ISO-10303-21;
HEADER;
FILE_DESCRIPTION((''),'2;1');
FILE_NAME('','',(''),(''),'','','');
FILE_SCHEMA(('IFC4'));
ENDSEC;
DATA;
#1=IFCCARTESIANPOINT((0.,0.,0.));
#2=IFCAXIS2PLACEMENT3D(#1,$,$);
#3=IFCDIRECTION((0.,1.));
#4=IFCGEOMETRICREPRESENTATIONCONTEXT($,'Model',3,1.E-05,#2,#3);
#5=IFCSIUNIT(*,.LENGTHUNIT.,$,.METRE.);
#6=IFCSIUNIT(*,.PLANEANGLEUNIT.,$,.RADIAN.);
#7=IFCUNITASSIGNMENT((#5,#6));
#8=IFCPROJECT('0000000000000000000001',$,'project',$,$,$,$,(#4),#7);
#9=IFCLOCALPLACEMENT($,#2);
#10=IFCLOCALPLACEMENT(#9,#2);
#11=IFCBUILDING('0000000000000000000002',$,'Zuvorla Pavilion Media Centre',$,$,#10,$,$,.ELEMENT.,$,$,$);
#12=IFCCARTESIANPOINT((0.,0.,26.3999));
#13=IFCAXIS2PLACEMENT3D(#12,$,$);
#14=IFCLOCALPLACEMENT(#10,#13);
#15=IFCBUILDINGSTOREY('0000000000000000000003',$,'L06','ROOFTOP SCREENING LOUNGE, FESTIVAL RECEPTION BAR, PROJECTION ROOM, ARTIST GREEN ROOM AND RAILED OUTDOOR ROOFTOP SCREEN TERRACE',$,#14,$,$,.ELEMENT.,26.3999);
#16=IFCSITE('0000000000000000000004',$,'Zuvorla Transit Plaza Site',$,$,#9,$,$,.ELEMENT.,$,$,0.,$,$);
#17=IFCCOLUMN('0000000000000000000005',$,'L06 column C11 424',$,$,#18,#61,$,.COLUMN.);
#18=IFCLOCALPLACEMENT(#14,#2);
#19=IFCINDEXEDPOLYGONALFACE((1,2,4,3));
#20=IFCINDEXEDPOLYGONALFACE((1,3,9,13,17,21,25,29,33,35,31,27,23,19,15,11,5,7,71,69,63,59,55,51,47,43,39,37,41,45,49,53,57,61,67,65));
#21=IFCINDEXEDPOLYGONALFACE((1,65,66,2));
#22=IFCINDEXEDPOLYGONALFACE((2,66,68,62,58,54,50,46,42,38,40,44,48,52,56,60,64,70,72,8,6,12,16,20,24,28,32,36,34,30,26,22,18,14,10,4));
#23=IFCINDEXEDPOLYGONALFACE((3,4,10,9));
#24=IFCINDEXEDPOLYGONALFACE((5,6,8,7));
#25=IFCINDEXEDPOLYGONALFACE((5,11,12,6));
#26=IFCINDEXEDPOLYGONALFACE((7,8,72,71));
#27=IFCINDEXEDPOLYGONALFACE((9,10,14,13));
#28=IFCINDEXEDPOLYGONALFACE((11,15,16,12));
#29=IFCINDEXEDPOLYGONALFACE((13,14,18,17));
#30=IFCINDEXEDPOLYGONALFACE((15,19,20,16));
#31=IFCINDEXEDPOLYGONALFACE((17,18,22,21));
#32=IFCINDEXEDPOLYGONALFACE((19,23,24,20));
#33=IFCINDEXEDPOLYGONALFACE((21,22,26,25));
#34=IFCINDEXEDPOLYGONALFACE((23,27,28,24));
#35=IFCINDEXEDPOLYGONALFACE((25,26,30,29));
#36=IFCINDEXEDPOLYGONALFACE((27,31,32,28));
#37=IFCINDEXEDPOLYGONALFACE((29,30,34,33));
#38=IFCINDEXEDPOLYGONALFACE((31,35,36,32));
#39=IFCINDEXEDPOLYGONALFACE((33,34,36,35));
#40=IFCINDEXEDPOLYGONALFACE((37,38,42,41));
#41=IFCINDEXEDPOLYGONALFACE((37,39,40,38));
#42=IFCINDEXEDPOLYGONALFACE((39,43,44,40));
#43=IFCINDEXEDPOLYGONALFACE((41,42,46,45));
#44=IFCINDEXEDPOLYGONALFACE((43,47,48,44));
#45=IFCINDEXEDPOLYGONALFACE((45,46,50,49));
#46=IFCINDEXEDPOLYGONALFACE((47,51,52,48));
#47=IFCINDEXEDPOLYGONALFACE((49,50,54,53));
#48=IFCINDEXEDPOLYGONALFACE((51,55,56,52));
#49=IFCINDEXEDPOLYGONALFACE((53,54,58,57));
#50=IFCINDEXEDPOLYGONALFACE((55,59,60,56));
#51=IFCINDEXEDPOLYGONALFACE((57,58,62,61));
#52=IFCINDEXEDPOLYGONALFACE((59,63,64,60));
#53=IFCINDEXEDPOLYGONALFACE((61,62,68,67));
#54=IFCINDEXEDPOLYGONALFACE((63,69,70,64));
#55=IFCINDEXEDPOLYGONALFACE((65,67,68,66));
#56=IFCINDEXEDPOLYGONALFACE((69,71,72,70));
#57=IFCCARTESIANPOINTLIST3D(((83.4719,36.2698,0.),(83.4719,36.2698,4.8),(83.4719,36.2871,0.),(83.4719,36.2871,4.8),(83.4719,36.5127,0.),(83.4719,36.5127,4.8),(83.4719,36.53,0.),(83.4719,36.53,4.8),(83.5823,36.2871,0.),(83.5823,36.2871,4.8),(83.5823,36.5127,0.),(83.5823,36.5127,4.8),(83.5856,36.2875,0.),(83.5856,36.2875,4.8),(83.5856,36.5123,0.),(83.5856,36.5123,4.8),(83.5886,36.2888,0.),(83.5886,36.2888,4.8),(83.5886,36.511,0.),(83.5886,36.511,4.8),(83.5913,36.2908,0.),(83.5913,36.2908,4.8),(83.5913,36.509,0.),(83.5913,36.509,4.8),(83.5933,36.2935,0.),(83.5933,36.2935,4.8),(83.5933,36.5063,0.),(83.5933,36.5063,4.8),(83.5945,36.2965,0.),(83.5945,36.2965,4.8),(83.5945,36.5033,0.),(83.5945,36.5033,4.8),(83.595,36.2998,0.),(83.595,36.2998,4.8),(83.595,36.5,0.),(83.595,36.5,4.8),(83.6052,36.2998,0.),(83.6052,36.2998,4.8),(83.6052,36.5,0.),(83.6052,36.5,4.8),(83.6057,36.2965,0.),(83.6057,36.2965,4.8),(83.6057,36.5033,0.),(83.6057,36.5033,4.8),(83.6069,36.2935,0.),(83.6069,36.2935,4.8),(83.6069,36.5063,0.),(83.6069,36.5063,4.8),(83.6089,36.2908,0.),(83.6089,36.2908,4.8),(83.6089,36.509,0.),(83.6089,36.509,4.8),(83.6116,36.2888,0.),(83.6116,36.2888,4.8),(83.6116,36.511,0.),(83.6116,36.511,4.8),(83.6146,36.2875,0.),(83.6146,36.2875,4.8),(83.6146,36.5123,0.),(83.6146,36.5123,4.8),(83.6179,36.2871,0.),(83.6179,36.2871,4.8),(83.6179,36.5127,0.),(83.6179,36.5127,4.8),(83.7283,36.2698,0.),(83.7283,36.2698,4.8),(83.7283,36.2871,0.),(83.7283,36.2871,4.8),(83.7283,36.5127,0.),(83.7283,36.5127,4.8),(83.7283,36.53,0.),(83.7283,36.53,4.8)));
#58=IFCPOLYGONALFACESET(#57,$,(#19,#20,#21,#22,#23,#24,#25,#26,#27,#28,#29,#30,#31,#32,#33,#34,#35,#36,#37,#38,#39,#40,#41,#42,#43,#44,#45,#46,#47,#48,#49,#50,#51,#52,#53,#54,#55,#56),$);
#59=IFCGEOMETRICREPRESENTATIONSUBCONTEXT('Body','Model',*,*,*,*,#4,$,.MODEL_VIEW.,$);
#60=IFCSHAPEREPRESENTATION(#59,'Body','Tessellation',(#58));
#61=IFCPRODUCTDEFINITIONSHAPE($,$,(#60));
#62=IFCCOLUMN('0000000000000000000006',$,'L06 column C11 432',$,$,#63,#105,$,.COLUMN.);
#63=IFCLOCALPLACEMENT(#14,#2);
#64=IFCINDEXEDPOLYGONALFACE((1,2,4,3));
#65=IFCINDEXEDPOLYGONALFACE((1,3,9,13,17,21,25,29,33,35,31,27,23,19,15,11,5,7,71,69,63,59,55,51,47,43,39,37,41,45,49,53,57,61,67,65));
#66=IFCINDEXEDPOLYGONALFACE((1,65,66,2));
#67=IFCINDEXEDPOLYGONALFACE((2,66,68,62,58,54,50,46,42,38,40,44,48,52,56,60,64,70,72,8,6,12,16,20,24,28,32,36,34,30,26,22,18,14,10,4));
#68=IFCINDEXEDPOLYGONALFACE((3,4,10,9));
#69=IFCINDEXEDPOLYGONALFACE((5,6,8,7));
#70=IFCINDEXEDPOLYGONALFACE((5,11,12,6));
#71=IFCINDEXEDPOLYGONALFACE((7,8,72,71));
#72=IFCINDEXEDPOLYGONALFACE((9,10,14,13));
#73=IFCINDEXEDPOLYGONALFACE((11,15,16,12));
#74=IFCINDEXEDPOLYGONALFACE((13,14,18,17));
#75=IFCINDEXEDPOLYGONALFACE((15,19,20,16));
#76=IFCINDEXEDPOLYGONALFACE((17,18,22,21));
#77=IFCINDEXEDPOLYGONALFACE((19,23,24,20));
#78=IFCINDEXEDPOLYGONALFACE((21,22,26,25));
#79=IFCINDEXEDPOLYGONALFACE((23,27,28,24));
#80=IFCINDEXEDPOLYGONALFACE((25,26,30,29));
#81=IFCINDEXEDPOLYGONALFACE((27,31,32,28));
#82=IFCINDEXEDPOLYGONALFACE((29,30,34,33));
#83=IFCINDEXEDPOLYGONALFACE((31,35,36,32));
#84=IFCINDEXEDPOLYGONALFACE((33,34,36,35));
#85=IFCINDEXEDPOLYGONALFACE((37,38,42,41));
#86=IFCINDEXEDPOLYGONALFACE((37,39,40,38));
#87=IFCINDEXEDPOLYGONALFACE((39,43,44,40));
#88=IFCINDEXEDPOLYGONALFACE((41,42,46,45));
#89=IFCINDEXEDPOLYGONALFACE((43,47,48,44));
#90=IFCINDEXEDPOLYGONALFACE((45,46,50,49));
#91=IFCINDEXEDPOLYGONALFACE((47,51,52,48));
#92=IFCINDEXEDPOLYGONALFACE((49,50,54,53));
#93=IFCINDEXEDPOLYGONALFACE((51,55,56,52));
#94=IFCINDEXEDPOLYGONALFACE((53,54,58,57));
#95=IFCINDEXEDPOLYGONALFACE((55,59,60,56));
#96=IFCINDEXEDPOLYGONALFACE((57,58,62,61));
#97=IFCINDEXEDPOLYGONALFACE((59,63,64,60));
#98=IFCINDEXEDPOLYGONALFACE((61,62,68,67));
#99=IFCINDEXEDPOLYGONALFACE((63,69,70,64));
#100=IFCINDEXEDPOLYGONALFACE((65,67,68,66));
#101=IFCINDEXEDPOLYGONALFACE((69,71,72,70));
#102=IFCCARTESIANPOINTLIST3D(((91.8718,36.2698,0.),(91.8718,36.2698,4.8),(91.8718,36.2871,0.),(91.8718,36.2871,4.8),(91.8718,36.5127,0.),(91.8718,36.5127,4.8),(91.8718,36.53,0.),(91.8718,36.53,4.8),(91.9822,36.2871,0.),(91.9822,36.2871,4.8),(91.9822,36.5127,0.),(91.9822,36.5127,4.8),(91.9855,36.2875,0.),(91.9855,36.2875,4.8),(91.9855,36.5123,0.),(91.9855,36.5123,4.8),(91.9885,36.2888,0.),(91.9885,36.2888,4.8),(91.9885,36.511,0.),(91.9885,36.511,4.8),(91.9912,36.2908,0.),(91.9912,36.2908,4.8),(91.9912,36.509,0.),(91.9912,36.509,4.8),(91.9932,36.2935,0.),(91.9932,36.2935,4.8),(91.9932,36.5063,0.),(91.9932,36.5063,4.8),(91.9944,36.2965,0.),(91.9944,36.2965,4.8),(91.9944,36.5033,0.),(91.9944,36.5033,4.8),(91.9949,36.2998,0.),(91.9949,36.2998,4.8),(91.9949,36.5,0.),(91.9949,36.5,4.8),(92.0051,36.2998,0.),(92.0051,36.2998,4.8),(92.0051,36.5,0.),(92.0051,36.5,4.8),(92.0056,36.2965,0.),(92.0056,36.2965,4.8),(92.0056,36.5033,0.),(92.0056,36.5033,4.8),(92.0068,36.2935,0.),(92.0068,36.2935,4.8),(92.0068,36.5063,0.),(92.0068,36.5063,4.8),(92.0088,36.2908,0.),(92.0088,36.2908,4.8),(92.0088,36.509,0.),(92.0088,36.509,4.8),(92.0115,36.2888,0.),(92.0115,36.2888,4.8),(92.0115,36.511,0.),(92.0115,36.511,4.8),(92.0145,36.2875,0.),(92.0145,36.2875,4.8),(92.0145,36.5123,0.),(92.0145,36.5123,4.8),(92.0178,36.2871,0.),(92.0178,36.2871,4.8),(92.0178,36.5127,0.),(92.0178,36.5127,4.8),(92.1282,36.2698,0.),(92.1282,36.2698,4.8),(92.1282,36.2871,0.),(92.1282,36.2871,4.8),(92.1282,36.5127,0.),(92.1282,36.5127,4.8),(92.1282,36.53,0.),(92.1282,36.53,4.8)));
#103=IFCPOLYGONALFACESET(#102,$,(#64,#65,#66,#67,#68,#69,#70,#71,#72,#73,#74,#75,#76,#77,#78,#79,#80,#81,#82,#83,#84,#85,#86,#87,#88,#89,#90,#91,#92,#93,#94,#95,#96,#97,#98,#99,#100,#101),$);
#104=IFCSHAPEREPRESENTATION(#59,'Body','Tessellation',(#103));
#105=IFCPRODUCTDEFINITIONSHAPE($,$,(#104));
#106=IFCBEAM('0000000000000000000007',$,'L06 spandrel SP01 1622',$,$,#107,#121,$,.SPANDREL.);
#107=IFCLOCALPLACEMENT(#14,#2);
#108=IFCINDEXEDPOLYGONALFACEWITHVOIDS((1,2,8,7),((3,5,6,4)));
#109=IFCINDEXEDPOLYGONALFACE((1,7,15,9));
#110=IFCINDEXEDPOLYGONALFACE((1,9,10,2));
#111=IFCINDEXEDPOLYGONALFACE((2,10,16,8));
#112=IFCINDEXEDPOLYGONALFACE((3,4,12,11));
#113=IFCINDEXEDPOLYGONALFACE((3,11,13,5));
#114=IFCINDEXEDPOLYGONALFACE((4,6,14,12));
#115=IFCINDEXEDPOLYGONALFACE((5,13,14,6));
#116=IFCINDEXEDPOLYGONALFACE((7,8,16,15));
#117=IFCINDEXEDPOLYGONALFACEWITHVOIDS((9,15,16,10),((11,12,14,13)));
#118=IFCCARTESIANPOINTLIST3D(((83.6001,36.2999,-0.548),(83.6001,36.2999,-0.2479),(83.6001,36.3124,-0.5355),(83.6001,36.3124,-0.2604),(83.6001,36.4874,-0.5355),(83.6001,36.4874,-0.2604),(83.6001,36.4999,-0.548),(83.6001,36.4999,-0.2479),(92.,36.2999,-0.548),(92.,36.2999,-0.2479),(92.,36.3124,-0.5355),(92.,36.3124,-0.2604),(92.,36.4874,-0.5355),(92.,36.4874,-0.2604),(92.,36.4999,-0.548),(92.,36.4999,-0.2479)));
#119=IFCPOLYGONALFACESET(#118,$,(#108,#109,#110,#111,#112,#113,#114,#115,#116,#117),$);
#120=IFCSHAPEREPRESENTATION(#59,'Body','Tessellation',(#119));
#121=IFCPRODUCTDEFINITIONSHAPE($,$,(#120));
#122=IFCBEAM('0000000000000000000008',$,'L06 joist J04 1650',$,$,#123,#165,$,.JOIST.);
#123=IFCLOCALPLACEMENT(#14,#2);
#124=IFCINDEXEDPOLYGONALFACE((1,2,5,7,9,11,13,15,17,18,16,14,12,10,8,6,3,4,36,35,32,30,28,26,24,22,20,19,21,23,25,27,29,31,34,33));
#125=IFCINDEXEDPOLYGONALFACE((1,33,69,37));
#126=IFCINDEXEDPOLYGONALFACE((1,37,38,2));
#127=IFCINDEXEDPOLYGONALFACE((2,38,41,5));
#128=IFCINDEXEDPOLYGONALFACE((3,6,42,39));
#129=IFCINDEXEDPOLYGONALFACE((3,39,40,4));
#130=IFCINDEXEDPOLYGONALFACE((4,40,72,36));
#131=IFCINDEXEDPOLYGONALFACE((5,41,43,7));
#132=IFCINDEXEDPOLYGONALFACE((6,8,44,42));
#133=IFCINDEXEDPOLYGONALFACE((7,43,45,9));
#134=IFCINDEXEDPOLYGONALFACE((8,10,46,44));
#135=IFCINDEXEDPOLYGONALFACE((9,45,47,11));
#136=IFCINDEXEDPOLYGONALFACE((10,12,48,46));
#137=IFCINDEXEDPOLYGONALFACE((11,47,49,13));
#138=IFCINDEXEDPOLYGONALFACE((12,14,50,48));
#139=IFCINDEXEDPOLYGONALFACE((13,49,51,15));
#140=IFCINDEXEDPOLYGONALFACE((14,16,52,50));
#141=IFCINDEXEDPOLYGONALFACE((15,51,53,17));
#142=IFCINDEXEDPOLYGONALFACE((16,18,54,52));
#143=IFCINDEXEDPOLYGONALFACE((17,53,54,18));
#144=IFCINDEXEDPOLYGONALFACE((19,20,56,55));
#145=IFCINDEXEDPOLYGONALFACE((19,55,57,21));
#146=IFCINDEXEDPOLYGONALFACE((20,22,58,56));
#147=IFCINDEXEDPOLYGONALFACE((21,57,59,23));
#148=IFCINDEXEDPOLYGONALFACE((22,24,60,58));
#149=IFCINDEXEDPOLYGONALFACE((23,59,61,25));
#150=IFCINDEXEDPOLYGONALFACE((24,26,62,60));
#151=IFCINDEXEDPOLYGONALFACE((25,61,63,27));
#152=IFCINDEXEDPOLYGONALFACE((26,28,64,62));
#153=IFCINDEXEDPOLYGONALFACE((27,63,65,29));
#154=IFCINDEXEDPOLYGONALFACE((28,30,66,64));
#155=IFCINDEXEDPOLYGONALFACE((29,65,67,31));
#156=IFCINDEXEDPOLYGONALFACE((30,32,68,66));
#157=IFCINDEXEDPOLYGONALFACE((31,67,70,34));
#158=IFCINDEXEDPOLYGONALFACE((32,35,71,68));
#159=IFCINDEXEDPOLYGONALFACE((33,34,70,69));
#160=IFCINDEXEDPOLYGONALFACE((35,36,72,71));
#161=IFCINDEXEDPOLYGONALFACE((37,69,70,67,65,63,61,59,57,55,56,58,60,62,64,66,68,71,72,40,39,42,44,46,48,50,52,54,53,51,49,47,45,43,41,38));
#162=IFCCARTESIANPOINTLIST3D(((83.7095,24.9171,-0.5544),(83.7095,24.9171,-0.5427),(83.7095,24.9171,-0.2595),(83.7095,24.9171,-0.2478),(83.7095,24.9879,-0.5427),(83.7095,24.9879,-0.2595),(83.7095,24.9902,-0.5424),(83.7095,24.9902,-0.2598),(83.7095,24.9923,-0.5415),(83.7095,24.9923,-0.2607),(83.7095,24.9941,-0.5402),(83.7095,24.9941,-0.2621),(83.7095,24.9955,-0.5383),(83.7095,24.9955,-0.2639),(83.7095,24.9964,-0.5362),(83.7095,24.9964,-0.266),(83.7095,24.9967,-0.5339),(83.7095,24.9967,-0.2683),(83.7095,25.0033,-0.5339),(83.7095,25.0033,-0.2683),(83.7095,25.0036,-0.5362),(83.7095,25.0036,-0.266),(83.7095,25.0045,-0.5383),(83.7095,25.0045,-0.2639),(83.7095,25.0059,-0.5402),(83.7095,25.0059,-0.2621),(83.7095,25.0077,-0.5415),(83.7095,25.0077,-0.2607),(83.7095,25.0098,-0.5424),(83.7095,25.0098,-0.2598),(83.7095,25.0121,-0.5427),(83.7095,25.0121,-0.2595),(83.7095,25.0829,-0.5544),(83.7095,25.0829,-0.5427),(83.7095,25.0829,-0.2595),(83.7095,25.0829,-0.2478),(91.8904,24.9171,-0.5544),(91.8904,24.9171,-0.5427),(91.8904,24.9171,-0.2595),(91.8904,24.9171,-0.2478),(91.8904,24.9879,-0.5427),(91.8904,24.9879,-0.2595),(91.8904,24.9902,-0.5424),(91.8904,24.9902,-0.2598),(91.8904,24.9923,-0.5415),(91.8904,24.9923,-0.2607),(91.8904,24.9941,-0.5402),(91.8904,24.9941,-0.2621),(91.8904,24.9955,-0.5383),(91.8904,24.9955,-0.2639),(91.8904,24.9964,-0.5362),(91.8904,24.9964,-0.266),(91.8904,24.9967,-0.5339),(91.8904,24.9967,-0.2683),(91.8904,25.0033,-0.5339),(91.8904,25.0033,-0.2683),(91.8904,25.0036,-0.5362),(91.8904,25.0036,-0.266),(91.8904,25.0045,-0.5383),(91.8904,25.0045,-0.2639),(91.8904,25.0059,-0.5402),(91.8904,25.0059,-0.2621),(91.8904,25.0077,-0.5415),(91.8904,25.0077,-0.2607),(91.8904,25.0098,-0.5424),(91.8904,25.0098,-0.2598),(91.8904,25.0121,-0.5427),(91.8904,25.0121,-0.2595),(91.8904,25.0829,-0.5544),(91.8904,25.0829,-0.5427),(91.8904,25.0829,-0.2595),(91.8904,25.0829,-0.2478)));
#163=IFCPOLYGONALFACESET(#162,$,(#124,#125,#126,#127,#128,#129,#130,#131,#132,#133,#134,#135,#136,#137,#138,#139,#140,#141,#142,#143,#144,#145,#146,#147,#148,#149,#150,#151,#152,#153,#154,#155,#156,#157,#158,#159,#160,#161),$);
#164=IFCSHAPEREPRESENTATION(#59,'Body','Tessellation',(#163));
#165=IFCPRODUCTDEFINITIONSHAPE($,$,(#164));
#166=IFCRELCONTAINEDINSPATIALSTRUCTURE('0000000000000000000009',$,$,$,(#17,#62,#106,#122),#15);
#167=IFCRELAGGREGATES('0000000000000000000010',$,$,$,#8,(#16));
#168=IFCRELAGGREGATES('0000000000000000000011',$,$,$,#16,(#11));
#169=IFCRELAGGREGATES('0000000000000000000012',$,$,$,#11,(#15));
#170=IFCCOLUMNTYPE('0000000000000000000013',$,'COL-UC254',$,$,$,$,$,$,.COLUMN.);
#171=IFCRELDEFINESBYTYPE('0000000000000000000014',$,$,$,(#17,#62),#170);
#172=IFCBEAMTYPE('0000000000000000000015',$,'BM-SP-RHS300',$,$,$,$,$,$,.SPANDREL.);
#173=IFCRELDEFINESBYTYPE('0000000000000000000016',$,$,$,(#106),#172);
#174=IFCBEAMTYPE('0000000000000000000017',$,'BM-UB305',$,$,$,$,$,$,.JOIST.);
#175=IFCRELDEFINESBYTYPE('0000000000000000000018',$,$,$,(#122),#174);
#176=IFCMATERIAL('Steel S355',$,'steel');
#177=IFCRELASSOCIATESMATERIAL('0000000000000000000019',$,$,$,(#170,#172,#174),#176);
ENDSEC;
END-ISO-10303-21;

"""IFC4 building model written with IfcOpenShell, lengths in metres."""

from ifc_helpers import new_model, si_unit, direction, frame, origin, origin_2d, place, context, subcontext, project, spatial, hollow_rectangle, i_section, extrude, material, material_profile, profile_set, type_object, element, save


model = new_model("IFC4")

# Units and contexts
model_context = context("Model", 3, precision=1e-05, world=origin(), true_north=direction((0.0, 1.0)))
body_context = subcontext(model_context, "Body", "Model", "MODEL_VIEW")
ifc_project = project(units=[si_unit("LENGTHUNIT", "METRE"), si_unit("PLANEANGLEUNIT", "RADIAN")], contexts=[model_context])

# Site, building, storey
site_placement = place(None, origin())
site = spatial("IfcSite", under=ifc_project, at=site_placement, Name="Zuvorla Transit Plaza Site", CompositionType="ELEMENT", RefElevation=0.0)
building_placement = place(site_placement, origin())
building = spatial("IfcBuilding", under=site, at=building_placement, Name="Zuvorla Pavilion Media Centre", CompositionType="ELEMENT")
storey_placement = place(building_placement, frame((0.0, 0.0, 26.3999)))
storey = spatial("IfcBuildingStorey", under=building, at=storey_placement, Name="L06", Description="ROOFTOP SCREENING LOUNGE, FESTIVAL RECEPTION BAR, PROJECTION ROOM, ARTIST GREEN ROOM AND RAILED OUTDOOR ROOFTOP SCREEN TERRACE", CompositionType="ELEMENT", Elevation=26.3999)

# Columns
ifc_material_1 = material(Name="Steel S355", Category="steel")
ifc_material_profile_1 = material_profile(ifc_material_1, i_section(OverallWidth=0.2563, OverallDepth=0.2603, WebThickness=0.0103, FlangeThickness=0.0173, FilletRadius=0.0127, at=origin_2d()), Name="UC 254x254x89")
ifc_profile_set_1 = profile_set([ifc_material_profile_1], Name="Steel S355")
column_type = type_object("IfcColumnType", Name="COL-UC254", PredefinedType="COLUMN", material=ifc_profile_set_1)
for number, where, z_axis, x_axis, name in (
    (1, (83.6001, 36.3999, 0.0), (0.0, 0.0, 1.0), (1.0, 0.0, 0.0), "L06 column C11 424"),
    (2, (92.0, 36.3999, 0.0), (0.0, 0.0, 1.0), (1.0, 0.0, 0.0), "L06 column C11 432"),
):
    element("IfcColumn", number, at=place(storey_placement, frame(where, z_axis=z_axis, x_axis=x_axis)), inside=storey, type_object=column_type, Name=name, PredefinedType="COLUMN", context=body_context, shape_type="SweptSolid", body=[
        extrude(i_section(OverallWidth=0.2563, OverallDepth=0.2603, WebThickness=0.0103, FlangeThickness=0.0173, FilletRadius=0.0127, at=origin_2d()), origin(), (0.0, 0.0, 1.0), 4.8),
    ])

# Beams
ifc_material_profile_2 = material_profile(ifc_material_1, hollow_rectangle(XDim=0.2, YDim=0.3, WallThickness=0.0125, at=origin_2d()), Name="RHS 300x200x12.5")
ifc_profile_set_2 = profile_set([ifc_material_profile_2], Name="Steel S355")
beam_type_1 = type_object("IfcBeamType", Name="BM-SP-RHS300", PredefinedType="SPANDREL", material=ifc_profile_set_2)
beam_1_placement = place(storey_placement, frame((83.6001, 36.3999, -0.3979), z_axis=(1.0, 0.0, 0.0), x_axis=(0.0, 1.0, 0.0)))
element("IfcBeam", 3, at=beam_1_placement, inside=storey, type_object=beam_type_1, Name="L06 spandrel SP01 1622", PredefinedType="SPANDREL", context=body_context, shape_type="SweptSolid", body=[
    extrude(hollow_rectangle(XDim=0.2, YDim=0.3, WallThickness=0.0125, at=origin_2d()), origin(), (0.0, 0.0, 1.0), 8.3999),
])
ifc_material_profile_3 = material_profile(ifc_material_1, i_section(OverallWidth=0.1658, OverallDepth=0.3066, WebThickness=0.0066, FlangeThickness=0.0117, FilletRadius=0.0088, at=origin_2d()), Name="UB 305x165x46")
ifc_profile_set_3 = profile_set([ifc_material_profile_3], Name="Steel S355")
beam_type_2 = type_object("IfcBeamType", Name="BM-UB305", PredefinedType="JOIST", material=ifc_profile_set_3)
for number, where, z_axis, x_axis, name in (
    (4, (83.7095, 25.0, -0.4011), (1.0, 0.0, 0.0), (0.0, 1.0, 0.0), "L06 joist J04 1650"),
):
    element("IfcBeam", number, at=place(storey_placement, frame(where, z_axis=z_axis, x_axis=x_axis)), inside=storey, type_object=beam_type_2, Name=name, PredefinedType="JOIST", context=body_context, shape_type="SweptSolid", body=[
        extrude(i_section(OverallWidth=0.1658, OverallDepth=0.3066, WebThickness=0.0066, FlangeThickness=0.0117, FilletRadius=0.0088, at=origin_2d()), origin(), (0.0, 0.0, 1.0), 8.1809),
    ])

save(model, "model.ifc")
